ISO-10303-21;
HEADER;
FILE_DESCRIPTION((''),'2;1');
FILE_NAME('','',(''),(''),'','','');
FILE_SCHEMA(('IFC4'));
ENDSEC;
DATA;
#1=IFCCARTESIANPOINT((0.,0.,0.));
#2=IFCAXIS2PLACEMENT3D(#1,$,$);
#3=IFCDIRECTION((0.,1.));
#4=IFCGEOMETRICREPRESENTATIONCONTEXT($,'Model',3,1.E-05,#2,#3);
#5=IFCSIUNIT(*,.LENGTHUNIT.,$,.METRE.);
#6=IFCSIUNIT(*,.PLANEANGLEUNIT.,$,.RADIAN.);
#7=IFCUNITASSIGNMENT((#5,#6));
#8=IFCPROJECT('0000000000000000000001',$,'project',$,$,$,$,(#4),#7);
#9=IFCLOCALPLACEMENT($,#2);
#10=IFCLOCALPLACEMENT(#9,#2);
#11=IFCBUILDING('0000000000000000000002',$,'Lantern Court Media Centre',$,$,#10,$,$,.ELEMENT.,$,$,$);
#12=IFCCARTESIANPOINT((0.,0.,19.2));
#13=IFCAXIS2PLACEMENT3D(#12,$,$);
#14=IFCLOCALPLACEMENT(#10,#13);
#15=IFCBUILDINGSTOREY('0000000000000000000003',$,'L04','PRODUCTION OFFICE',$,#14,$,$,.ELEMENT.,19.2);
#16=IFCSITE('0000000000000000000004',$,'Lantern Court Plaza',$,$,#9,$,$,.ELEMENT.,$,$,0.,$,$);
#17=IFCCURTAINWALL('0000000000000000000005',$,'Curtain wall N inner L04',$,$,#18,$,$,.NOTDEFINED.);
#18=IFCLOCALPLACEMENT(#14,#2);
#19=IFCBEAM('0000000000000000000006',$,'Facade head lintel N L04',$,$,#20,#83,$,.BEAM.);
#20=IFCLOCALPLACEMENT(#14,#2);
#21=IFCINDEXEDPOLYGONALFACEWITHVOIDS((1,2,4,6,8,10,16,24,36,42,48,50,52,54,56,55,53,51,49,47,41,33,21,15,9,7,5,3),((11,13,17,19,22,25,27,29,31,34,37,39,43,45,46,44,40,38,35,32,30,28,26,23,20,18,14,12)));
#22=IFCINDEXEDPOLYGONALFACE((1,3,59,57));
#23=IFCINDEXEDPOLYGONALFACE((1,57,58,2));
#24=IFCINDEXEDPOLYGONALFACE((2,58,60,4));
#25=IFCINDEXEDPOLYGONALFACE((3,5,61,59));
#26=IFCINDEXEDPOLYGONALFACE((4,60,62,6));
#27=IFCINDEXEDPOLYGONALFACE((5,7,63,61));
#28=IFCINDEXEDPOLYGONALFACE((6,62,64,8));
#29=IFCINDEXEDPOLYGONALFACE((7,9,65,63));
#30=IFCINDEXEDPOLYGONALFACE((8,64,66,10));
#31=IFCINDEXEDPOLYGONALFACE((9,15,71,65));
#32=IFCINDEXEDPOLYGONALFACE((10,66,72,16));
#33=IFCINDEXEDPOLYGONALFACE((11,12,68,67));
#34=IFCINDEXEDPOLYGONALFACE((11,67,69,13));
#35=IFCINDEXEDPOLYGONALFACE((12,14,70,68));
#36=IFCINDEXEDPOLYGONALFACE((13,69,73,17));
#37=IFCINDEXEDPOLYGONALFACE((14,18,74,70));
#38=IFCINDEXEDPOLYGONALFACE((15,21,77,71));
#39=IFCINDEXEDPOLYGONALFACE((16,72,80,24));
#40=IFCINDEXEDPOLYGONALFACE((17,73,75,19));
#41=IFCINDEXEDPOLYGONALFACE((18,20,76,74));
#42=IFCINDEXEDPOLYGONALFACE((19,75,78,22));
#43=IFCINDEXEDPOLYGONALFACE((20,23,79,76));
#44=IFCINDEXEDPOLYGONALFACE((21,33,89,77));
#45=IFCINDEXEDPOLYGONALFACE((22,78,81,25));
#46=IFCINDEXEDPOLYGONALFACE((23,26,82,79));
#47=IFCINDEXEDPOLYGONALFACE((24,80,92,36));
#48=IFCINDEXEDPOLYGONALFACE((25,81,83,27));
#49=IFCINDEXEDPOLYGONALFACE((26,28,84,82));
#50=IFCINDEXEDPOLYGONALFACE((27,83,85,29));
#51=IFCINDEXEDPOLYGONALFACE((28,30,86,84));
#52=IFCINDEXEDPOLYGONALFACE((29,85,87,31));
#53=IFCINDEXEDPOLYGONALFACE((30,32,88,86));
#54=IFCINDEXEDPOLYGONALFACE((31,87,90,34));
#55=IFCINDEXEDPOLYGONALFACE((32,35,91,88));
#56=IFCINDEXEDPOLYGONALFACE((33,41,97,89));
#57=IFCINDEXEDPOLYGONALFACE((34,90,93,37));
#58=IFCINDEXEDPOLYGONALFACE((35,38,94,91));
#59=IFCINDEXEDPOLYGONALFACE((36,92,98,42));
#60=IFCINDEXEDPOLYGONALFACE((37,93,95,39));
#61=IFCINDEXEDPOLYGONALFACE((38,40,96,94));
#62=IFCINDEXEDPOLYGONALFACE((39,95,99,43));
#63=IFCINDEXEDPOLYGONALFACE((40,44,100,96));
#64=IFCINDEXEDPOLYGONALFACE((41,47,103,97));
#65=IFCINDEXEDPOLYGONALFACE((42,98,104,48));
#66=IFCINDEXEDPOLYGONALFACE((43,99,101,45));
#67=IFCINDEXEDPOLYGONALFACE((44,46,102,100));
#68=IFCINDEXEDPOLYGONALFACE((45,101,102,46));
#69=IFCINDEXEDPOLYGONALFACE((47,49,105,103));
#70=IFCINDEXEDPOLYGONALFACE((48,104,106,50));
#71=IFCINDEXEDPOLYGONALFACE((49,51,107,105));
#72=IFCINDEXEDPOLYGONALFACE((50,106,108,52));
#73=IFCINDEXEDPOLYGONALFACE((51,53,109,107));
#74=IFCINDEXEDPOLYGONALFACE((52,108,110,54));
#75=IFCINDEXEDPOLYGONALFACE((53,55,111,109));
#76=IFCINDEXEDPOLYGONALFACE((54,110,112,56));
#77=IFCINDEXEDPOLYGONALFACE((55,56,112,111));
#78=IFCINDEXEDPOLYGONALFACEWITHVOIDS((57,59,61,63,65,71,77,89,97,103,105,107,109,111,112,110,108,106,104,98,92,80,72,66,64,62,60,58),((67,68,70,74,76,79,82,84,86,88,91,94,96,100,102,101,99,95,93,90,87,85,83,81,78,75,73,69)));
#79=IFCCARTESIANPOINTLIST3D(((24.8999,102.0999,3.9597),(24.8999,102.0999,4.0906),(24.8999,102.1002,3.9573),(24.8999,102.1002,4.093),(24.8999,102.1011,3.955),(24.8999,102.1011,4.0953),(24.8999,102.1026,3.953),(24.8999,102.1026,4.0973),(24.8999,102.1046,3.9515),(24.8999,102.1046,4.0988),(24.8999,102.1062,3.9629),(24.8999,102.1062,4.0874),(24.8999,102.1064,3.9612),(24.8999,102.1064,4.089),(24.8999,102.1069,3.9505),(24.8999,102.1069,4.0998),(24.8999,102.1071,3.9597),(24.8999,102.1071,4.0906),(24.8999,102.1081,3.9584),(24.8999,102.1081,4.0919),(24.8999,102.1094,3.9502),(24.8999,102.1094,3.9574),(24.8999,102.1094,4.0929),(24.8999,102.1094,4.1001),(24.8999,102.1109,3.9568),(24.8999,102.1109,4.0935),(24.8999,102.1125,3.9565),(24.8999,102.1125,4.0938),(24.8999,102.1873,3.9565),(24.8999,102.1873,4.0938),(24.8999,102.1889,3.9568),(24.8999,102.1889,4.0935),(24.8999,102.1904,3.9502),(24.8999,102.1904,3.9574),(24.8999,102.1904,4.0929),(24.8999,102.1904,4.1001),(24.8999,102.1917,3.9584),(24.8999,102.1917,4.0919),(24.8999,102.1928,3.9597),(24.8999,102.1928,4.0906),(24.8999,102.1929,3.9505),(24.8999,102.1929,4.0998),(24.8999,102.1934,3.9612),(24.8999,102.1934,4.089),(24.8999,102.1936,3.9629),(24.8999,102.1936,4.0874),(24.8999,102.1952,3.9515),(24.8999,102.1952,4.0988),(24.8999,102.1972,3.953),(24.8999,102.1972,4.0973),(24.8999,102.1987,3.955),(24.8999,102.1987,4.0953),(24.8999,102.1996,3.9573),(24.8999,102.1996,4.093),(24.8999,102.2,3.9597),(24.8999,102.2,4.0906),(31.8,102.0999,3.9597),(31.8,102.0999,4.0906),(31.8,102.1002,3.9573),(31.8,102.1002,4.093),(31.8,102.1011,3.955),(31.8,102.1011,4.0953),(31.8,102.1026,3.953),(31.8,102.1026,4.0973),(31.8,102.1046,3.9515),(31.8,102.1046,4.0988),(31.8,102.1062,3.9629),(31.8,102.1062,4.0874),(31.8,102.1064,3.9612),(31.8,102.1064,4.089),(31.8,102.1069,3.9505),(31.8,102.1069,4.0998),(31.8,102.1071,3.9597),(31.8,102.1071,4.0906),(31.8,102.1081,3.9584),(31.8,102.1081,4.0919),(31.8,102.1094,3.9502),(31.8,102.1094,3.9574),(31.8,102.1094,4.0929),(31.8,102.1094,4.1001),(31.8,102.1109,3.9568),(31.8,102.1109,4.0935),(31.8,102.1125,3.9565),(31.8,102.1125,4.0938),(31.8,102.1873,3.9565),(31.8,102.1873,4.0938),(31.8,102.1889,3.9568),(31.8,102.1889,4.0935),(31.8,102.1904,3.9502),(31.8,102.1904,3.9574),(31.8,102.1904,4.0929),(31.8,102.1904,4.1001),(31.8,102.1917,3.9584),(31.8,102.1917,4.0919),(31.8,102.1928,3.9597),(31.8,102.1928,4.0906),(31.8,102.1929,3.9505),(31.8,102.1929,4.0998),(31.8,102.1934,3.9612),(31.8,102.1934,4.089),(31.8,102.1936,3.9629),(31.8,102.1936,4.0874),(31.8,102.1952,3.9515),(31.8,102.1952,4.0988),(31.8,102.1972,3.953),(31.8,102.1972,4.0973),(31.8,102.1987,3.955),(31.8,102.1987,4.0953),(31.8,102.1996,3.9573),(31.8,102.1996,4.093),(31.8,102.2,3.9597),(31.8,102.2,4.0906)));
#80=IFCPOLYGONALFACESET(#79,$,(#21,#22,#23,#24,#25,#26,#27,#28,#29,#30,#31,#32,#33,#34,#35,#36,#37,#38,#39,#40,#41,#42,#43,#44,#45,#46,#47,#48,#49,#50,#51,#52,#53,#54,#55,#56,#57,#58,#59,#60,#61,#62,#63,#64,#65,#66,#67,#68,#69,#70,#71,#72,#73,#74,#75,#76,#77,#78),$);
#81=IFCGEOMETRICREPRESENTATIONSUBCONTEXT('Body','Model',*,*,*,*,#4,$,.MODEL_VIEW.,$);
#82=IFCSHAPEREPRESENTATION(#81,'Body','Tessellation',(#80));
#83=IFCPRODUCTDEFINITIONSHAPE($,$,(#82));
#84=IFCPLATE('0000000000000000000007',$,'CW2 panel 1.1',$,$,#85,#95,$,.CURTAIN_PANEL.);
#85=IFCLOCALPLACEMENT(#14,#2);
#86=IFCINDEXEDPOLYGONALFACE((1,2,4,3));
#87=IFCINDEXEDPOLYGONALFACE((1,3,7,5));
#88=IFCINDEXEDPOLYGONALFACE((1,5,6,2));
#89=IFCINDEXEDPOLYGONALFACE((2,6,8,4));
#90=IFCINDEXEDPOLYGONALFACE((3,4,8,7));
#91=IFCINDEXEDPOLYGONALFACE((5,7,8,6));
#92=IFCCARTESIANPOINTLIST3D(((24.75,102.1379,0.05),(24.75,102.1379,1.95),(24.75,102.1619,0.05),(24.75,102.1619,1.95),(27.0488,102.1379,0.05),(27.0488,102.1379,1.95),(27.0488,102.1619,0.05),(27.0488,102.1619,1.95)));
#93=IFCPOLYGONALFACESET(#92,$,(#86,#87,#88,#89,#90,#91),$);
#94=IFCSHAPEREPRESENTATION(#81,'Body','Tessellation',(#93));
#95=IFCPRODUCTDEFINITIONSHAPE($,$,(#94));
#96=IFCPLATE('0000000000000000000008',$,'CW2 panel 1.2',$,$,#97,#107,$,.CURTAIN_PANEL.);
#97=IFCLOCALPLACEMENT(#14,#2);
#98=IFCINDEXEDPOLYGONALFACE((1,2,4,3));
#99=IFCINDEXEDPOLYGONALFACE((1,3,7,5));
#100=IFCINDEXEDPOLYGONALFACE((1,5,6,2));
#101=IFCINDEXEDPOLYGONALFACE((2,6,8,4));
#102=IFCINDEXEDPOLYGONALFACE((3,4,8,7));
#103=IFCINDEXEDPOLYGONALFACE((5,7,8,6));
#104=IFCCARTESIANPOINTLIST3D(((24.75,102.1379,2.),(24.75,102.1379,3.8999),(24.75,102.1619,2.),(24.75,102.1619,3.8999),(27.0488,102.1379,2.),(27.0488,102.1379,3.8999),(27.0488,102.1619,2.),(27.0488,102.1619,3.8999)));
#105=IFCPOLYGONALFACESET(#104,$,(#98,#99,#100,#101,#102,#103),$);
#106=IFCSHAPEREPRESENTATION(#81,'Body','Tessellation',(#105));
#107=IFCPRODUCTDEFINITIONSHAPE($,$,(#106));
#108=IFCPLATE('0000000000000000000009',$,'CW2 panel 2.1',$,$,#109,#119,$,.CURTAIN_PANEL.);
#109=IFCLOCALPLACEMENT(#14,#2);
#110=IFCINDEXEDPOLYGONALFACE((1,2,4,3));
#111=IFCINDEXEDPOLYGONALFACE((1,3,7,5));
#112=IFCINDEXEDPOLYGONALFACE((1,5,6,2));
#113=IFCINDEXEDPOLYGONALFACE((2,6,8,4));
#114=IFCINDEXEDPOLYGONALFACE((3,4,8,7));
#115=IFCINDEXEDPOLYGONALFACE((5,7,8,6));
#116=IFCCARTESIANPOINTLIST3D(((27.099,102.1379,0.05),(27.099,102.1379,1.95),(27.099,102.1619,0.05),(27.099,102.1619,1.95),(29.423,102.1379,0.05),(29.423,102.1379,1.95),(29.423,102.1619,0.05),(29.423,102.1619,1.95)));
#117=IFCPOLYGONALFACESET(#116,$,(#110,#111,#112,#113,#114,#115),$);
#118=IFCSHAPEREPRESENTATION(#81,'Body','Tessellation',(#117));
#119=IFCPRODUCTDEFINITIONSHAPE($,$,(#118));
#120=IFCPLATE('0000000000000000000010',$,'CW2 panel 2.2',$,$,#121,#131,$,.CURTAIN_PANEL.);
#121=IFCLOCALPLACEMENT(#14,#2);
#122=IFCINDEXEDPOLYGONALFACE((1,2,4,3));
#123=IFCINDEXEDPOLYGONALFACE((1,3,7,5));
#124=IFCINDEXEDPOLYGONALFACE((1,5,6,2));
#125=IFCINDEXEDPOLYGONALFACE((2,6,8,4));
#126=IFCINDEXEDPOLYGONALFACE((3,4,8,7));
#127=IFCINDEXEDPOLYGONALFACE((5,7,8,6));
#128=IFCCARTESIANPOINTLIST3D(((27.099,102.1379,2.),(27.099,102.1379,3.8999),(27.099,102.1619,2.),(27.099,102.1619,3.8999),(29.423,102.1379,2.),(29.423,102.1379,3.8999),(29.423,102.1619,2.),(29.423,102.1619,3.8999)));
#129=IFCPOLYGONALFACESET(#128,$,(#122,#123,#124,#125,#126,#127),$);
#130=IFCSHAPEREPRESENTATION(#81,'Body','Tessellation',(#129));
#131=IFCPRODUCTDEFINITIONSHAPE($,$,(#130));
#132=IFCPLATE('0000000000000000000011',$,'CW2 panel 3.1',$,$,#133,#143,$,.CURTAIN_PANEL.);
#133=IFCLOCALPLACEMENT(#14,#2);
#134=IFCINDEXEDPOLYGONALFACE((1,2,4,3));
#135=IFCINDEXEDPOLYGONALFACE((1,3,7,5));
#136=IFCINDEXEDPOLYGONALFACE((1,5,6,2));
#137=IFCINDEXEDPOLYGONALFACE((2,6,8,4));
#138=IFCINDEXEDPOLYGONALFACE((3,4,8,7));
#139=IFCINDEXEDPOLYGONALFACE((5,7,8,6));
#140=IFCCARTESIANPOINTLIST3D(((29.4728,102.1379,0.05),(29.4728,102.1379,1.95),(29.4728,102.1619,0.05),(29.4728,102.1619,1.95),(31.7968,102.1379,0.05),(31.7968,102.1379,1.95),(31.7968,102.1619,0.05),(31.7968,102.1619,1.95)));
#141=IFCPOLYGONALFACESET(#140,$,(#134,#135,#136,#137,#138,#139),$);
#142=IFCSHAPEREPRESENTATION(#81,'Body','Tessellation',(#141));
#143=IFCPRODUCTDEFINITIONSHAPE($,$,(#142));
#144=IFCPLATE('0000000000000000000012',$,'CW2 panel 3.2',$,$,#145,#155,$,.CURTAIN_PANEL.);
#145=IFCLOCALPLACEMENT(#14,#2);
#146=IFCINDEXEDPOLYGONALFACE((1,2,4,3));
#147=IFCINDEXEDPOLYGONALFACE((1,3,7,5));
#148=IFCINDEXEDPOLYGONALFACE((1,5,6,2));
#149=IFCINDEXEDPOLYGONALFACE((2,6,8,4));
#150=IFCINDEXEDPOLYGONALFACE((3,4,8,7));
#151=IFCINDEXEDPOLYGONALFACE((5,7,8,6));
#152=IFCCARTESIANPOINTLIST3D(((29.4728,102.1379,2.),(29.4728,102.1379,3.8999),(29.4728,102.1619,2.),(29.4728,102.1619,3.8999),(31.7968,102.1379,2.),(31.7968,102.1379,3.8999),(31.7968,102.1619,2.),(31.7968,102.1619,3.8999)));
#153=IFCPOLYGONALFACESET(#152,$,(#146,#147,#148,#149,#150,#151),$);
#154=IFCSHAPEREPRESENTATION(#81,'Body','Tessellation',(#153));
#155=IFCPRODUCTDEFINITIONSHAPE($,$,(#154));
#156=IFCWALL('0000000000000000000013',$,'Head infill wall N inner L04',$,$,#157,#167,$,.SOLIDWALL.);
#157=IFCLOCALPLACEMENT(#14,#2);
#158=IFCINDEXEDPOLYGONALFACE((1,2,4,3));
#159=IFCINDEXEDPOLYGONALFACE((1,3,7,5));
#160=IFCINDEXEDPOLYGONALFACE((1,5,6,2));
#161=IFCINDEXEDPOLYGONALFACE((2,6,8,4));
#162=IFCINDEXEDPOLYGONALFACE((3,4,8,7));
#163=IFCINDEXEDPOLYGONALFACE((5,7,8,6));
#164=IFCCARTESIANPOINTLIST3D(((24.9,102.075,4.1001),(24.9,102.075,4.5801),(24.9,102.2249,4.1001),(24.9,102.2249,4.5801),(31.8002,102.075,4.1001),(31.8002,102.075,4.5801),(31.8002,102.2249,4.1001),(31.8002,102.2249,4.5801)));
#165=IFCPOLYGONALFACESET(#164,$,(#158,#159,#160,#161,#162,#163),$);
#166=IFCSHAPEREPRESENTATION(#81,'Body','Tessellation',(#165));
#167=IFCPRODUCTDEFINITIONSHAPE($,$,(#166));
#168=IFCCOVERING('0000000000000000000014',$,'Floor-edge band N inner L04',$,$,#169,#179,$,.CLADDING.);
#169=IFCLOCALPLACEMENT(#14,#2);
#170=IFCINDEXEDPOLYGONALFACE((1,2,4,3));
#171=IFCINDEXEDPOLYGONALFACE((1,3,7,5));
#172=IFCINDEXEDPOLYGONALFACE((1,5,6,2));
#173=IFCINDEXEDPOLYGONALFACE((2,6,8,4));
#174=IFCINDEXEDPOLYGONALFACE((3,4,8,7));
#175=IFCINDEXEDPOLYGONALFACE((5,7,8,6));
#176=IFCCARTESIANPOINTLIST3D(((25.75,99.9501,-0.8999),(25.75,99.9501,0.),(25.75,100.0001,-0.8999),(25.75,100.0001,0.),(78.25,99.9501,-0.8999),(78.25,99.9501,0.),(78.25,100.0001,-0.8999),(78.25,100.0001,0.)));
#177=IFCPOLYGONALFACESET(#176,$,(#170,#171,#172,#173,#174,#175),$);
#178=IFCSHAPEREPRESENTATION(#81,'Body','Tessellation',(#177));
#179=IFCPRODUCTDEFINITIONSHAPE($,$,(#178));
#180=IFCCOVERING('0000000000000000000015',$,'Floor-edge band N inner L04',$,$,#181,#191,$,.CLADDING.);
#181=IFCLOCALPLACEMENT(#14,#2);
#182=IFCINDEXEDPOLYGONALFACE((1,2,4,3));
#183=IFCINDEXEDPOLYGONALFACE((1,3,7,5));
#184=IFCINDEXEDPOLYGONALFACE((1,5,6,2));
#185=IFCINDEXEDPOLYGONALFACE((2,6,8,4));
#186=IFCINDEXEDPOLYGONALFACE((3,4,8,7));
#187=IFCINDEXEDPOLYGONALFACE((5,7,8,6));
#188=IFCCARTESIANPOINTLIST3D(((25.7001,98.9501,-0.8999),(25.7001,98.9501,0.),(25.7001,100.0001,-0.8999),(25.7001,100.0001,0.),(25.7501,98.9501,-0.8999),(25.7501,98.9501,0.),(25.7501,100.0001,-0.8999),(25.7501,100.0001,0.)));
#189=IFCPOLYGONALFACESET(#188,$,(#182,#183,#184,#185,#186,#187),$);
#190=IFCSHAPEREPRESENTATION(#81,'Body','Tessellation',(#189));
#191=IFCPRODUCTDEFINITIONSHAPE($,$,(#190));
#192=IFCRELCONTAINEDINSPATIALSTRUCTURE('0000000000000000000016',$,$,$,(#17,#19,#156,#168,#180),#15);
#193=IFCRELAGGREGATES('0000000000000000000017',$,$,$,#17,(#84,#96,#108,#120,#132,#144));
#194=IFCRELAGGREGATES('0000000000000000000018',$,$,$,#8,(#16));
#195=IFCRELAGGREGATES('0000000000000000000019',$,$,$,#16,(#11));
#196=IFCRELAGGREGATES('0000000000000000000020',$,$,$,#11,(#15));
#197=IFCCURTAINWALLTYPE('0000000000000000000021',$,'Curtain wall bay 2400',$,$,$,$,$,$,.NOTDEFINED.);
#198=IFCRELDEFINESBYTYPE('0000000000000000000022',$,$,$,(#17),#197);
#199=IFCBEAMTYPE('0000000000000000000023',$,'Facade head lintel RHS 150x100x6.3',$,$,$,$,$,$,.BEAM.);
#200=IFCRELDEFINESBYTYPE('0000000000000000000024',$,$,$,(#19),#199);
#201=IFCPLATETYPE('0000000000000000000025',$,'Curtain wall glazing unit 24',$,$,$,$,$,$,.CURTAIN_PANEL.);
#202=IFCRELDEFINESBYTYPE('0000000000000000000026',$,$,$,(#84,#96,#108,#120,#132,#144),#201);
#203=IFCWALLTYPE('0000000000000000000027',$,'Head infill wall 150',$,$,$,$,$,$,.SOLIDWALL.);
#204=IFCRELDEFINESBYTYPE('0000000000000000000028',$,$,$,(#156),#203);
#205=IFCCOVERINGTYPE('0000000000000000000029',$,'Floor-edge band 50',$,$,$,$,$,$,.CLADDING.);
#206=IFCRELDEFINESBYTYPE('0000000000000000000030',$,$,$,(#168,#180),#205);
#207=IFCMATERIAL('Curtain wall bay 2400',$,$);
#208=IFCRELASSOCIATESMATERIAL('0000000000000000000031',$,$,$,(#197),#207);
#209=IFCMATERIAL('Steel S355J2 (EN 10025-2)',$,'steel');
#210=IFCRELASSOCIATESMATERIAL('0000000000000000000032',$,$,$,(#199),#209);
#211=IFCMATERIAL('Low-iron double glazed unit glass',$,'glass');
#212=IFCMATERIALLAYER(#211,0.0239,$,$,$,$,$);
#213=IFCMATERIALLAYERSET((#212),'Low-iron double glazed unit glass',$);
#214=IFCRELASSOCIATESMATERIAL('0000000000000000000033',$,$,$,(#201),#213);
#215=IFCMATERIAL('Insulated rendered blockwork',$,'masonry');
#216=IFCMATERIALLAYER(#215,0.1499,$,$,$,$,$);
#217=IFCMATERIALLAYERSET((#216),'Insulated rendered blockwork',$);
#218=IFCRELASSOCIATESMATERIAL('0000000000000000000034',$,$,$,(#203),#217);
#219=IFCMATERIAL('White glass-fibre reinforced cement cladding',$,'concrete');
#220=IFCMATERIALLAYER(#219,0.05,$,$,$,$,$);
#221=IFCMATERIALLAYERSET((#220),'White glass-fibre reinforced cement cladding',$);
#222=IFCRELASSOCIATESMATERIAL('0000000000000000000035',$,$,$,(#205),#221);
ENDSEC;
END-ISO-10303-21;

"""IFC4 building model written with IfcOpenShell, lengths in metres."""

from ifc_helpers import new_model, si_unit, direction, frame, frame_2d, origin, origin_2d, place, context, subcontext, project, spatial, rectangle, hollow_rectangle, extrude, material, layer, layer_set, material_profile, profile_set, type_object, element, aggregate, save


model = new_model("IFC4")

# Units and contexts
model_context = context("Model", 3, precision=1e-05, world=origin(), true_north=direction((0.0, 1.0)))
body_context = subcontext(model_context, "Body", "Model", "MODEL_VIEW")
ifc_project = project(units=[si_unit("LENGTHUNIT", "METRE"), si_unit("PLANEANGLEUNIT", "RADIAN")], contexts=[model_context])

# Site, building, storey
site_placement = place(None, origin())
site = spatial("IfcSite", under=ifc_project, at=site_placement, Name="Lantern Court Plaza", CompositionType="ELEMENT", RefElevation=0.0)
building_placement = place(site_placement, origin())
building = spatial("IfcBuilding", under=site, at=building_placement, Name="Lantern Court Media Centre", CompositionType="ELEMENT")
storey_placement = place(building_placement, frame((0.0, 0.0, 19.2)))
storey = spatial("IfcBuildingStorey", under=building, at=storey_placement, Name="L04", Description="PRODUCTION OFFICE", CompositionType="ELEMENT", Elevation=19.2)

# Curtain wall
ifc_material_1 = material(Name="Curtain wall bay 2400")
curtain_wall_type = type_object("IfcCurtainWallType", Name="Curtain wall bay 2400", PredefinedType="NOTDEFINED", material=ifc_material_1)
curtain_wall_placement = place(storey_placement, origin())
curtain_wall = element("IfcCurtainWall", 1, at=curtain_wall_placement, inside=storey, type_object=curtain_wall_type, Name="Curtain wall N inner L04", PredefinedType="NOTDEFINED")

# Beam
ifc_material_2 = material(Name="Steel S355J2 (EN 10025-2)", Category="steel")
ifc_material_profile_1 = material_profile(ifc_material_2, hollow_rectangle(XDim=0.1001, YDim=0.1499, WallThickness=0.0063, InnerFilletRadius=0.0063, OuterFilletRadius=0.0095, at=origin_2d()), Name="Facade head lintel RHS 150x100x6.3")
ifc_profile_set_1 = profile_set([ifc_material_profile_1], Name="Steel S355J2 (EN 10025-2)")
beam_type = type_object("IfcBeamType", Name="Facade head lintel RHS 150x100x6.3", PredefinedType="BEAM", material=ifc_profile_set_1)
beam_placement = place(storey_placement, frame((24.8999, 102.1499, 4.0251), z_axis=(1.0, 0.0, 0.0), x_axis=(0.0, 1.0, 0.0)))
element("IfcBeam", 2, at=beam_placement, inside=storey, type_object=beam_type, Name="Facade head lintel N L04", PredefinedType="BEAM", context=body_context, shape_type="SweptSolid", body=[
    extrude(hollow_rectangle(XDim=0.1001, YDim=0.1499, WallThickness=0.0063, InnerFilletRadius=0.0063, OuterFilletRadius=0.0095, at=origin_2d()), origin(), (0.0, 0.0, 1.0), 6.9001),
])

# Plates
ifc_material_3 = material(Name="Low-iron double glazed unit glass", Category="glass")
ifc_layer_1 = layer(ifc_material_3, 0.0239)
ifc_layer_set_1 = layer_set([ifc_layer_1], Name="Low-iron double glazed unit glass")
plate_type = type_object("IfcPlateType", Name="Curtain wall glazing unit 24", PredefinedType="CURTAIN_PANEL", material=ifc_layer_set_1)
plate_1_placement = place(storey_placement, frame((25.8994, 102.1499, 0.05), z_axis=(0.0, 0.0, 1.0), x_axis=(1.0, 0.0, 0.0)))
plate_1 = element("IfcPlate", 3, at=plate_1_placement, type_object=plate_type, Name="CW2 panel 1.1", PredefinedType="CURTAIN_PANEL", context=body_context, shape_type="SweptSolid", body=[
    extrude(rectangle(XDim=2.2988, YDim=0.0239, at=origin_2d()), origin(), (0.0, 0.0, 1.0), 1.8999),
])
plate_2_placement = place(storey_placement, frame((25.8994, 102.1499, 2.0), z_axis=(0.0, 0.0, 1.0), x_axis=(1.0, 0.0, 0.0)))
plate_2 = element("IfcPlate", 4, at=plate_2_placement, type_object=plate_type, Name="CW2 panel 1.2", PredefinedType="CURTAIN_PANEL", context=body_context, shape_type="SweptSolid", body=[
    extrude(rectangle(XDim=2.2988, YDim=0.0239, at=origin_2d()), origin(), (0.0, 0.0, 1.0), 1.8999),
])
plate_3_placement = place(storey_placement, frame((28.261, 102.1499, 0.05), z_axis=(0.0, 0.0, 1.0), x_axis=(1.0, 0.0, 0.0)))
plate_3 = element("IfcPlate", 5, at=plate_3_placement, type_object=plate_type, Name="CW2 panel 2.1", PredefinedType="CURTAIN_PANEL", context=body_context, shape_type="SweptSolid", body=[
    extrude(rectangle(XDim=2.324, YDim=0.0239, at=origin_2d()), origin(), (0.0, 0.0, 1.0), 1.8999),
])
plate_4_placement = place(storey_placement, frame((28.261, 102.1499, 2.0), z_axis=(0.0, 0.0, 1.0), x_axis=(1.0, 0.0, 0.0)))
plate_4 = element("IfcPlate", 6, at=plate_4_placement, type_object=plate_type, Name="CW2 panel 2.2", PredefinedType="CURTAIN_PANEL", context=body_context, shape_type="SweptSolid", body=[
    extrude(rectangle(XDim=2.324, YDim=0.0239, at=origin_2d()), origin(), (0.0, 0.0, 1.0), 1.8999),
])
plate_5_placement = place(storey_placement, frame((30.6348, 102.1499, 0.05), z_axis=(0.0, 0.0, 1.0), x_axis=(1.0, 0.0, 0.0)))
plate_5 = element("IfcPlate", 7, at=plate_5_placement, type_object=plate_type, Name="CW2 panel 3.1", PredefinedType="CURTAIN_PANEL", context=body_context, shape_type="SweptSolid", body=[
    extrude(rectangle(XDim=2.324, YDim=0.0239, at=origin_2d()), origin(), (0.0, 0.0, 1.0), 1.8999),
])
plate_6_placement = place(storey_placement, frame((30.6348, 102.1499, 2.0), z_axis=(0.0, 0.0, 1.0), x_axis=(1.0, 0.0, 0.0)))
plate_6 = element("IfcPlate", 8, at=plate_6_placement, type_object=plate_type, Name="CW2 panel 3.2", PredefinedType="CURTAIN_PANEL", context=body_context, shape_type="SweptSolid", body=[
    extrude(rectangle(XDim=2.324, YDim=0.0239, at=origin_2d()), origin(), (0.0, 0.0, 1.0), 1.8999),
])
aggregate(curtain_wall, [plate_1, plate_2, plate_3, plate_4, plate_5, plate_6])

# Wall
ifc_material_4 = material(Name="Insulated rendered blockwork", Category="masonry")
ifc_layer_2 = layer(ifc_material_4, 0.1499)
ifc_layer_set_2 = layer_set([ifc_layer_2], Name="Insulated rendered blockwork")
wall_type = type_object("IfcWallType", Name="Head infill wall 150", PredefinedType="SOLIDWALL", material=ifc_layer_set_2)
wall_placement = place(storey_placement, frame((24.8999, 102.1499, 4.1001), z_axis=(0.0, 0.0, 1.0), x_axis=(1.0, 0.0, 0.0)))
element("IfcWall", 9, at=wall_placement, inside=storey, type_object=wall_type, Name="Head infill wall N inner L04", PredefinedType="SOLIDWALL", context=body_context, shape_type="SweptSolid", body=[
    extrude(rectangle(XDim=6.9001, YDim=0.1499, at=frame_2d((3.4502, 0.0))), origin(), (0.0, 0.0, 1.0), 0.48),
])

# Coverings
ifc_material_5 = material(Name="White glass-fibre reinforced cement cladding", Category="concrete")
ifc_layer_3 = layer(ifc_material_5, 0.05)
ifc_layer_set_3 = layer_set([ifc_layer_3], Name="White glass-fibre reinforced cement cladding")
covering_type = type_object("IfcCoveringType", Name="Floor-edge band 50", PredefinedType="CLADDING", material=ifc_layer_set_3)
covering_1_placement = place(storey_placement, frame((25.75, 99.9751, -0.8999), z_axis=(0.0, 0.0, 1.0), x_axis=(1.0, 0.0, 0.0)))
element("IfcCovering", 10, at=covering_1_placement, inside=storey, type_object=covering_type, Name="Floor-edge band N inner L04", PredefinedType="CLADDING", context=body_context, shape_type="SweptSolid", body=[
    extrude(rectangle(XDim=52.5, YDim=0.05, at=frame_2d((26.25, 0.0))), origin(), (0.0, 0.0, 1.0), 0.8999),
])
covering_2_placement = place(storey_placement, frame((25.7251, 100.0, -0.8999), z_axis=(0.0, 0.0, 1.0), x_axis=(0.0, -1.0, 0.0)))
element("IfcCovering", 11, at=covering_2_placement, inside=storey, type_object=covering_type, Name="Floor-edge band N inner L04", PredefinedType="CLADDING", context=body_context, shape_type="SweptSolid", body=[
    extrude(rectangle(XDim=1.05, YDim=0.05, at=frame_2d((0.5249, 0.0))), origin(), (0.0, 0.0, 1.0), 0.8999),
])

save(model, "model.ifc")
